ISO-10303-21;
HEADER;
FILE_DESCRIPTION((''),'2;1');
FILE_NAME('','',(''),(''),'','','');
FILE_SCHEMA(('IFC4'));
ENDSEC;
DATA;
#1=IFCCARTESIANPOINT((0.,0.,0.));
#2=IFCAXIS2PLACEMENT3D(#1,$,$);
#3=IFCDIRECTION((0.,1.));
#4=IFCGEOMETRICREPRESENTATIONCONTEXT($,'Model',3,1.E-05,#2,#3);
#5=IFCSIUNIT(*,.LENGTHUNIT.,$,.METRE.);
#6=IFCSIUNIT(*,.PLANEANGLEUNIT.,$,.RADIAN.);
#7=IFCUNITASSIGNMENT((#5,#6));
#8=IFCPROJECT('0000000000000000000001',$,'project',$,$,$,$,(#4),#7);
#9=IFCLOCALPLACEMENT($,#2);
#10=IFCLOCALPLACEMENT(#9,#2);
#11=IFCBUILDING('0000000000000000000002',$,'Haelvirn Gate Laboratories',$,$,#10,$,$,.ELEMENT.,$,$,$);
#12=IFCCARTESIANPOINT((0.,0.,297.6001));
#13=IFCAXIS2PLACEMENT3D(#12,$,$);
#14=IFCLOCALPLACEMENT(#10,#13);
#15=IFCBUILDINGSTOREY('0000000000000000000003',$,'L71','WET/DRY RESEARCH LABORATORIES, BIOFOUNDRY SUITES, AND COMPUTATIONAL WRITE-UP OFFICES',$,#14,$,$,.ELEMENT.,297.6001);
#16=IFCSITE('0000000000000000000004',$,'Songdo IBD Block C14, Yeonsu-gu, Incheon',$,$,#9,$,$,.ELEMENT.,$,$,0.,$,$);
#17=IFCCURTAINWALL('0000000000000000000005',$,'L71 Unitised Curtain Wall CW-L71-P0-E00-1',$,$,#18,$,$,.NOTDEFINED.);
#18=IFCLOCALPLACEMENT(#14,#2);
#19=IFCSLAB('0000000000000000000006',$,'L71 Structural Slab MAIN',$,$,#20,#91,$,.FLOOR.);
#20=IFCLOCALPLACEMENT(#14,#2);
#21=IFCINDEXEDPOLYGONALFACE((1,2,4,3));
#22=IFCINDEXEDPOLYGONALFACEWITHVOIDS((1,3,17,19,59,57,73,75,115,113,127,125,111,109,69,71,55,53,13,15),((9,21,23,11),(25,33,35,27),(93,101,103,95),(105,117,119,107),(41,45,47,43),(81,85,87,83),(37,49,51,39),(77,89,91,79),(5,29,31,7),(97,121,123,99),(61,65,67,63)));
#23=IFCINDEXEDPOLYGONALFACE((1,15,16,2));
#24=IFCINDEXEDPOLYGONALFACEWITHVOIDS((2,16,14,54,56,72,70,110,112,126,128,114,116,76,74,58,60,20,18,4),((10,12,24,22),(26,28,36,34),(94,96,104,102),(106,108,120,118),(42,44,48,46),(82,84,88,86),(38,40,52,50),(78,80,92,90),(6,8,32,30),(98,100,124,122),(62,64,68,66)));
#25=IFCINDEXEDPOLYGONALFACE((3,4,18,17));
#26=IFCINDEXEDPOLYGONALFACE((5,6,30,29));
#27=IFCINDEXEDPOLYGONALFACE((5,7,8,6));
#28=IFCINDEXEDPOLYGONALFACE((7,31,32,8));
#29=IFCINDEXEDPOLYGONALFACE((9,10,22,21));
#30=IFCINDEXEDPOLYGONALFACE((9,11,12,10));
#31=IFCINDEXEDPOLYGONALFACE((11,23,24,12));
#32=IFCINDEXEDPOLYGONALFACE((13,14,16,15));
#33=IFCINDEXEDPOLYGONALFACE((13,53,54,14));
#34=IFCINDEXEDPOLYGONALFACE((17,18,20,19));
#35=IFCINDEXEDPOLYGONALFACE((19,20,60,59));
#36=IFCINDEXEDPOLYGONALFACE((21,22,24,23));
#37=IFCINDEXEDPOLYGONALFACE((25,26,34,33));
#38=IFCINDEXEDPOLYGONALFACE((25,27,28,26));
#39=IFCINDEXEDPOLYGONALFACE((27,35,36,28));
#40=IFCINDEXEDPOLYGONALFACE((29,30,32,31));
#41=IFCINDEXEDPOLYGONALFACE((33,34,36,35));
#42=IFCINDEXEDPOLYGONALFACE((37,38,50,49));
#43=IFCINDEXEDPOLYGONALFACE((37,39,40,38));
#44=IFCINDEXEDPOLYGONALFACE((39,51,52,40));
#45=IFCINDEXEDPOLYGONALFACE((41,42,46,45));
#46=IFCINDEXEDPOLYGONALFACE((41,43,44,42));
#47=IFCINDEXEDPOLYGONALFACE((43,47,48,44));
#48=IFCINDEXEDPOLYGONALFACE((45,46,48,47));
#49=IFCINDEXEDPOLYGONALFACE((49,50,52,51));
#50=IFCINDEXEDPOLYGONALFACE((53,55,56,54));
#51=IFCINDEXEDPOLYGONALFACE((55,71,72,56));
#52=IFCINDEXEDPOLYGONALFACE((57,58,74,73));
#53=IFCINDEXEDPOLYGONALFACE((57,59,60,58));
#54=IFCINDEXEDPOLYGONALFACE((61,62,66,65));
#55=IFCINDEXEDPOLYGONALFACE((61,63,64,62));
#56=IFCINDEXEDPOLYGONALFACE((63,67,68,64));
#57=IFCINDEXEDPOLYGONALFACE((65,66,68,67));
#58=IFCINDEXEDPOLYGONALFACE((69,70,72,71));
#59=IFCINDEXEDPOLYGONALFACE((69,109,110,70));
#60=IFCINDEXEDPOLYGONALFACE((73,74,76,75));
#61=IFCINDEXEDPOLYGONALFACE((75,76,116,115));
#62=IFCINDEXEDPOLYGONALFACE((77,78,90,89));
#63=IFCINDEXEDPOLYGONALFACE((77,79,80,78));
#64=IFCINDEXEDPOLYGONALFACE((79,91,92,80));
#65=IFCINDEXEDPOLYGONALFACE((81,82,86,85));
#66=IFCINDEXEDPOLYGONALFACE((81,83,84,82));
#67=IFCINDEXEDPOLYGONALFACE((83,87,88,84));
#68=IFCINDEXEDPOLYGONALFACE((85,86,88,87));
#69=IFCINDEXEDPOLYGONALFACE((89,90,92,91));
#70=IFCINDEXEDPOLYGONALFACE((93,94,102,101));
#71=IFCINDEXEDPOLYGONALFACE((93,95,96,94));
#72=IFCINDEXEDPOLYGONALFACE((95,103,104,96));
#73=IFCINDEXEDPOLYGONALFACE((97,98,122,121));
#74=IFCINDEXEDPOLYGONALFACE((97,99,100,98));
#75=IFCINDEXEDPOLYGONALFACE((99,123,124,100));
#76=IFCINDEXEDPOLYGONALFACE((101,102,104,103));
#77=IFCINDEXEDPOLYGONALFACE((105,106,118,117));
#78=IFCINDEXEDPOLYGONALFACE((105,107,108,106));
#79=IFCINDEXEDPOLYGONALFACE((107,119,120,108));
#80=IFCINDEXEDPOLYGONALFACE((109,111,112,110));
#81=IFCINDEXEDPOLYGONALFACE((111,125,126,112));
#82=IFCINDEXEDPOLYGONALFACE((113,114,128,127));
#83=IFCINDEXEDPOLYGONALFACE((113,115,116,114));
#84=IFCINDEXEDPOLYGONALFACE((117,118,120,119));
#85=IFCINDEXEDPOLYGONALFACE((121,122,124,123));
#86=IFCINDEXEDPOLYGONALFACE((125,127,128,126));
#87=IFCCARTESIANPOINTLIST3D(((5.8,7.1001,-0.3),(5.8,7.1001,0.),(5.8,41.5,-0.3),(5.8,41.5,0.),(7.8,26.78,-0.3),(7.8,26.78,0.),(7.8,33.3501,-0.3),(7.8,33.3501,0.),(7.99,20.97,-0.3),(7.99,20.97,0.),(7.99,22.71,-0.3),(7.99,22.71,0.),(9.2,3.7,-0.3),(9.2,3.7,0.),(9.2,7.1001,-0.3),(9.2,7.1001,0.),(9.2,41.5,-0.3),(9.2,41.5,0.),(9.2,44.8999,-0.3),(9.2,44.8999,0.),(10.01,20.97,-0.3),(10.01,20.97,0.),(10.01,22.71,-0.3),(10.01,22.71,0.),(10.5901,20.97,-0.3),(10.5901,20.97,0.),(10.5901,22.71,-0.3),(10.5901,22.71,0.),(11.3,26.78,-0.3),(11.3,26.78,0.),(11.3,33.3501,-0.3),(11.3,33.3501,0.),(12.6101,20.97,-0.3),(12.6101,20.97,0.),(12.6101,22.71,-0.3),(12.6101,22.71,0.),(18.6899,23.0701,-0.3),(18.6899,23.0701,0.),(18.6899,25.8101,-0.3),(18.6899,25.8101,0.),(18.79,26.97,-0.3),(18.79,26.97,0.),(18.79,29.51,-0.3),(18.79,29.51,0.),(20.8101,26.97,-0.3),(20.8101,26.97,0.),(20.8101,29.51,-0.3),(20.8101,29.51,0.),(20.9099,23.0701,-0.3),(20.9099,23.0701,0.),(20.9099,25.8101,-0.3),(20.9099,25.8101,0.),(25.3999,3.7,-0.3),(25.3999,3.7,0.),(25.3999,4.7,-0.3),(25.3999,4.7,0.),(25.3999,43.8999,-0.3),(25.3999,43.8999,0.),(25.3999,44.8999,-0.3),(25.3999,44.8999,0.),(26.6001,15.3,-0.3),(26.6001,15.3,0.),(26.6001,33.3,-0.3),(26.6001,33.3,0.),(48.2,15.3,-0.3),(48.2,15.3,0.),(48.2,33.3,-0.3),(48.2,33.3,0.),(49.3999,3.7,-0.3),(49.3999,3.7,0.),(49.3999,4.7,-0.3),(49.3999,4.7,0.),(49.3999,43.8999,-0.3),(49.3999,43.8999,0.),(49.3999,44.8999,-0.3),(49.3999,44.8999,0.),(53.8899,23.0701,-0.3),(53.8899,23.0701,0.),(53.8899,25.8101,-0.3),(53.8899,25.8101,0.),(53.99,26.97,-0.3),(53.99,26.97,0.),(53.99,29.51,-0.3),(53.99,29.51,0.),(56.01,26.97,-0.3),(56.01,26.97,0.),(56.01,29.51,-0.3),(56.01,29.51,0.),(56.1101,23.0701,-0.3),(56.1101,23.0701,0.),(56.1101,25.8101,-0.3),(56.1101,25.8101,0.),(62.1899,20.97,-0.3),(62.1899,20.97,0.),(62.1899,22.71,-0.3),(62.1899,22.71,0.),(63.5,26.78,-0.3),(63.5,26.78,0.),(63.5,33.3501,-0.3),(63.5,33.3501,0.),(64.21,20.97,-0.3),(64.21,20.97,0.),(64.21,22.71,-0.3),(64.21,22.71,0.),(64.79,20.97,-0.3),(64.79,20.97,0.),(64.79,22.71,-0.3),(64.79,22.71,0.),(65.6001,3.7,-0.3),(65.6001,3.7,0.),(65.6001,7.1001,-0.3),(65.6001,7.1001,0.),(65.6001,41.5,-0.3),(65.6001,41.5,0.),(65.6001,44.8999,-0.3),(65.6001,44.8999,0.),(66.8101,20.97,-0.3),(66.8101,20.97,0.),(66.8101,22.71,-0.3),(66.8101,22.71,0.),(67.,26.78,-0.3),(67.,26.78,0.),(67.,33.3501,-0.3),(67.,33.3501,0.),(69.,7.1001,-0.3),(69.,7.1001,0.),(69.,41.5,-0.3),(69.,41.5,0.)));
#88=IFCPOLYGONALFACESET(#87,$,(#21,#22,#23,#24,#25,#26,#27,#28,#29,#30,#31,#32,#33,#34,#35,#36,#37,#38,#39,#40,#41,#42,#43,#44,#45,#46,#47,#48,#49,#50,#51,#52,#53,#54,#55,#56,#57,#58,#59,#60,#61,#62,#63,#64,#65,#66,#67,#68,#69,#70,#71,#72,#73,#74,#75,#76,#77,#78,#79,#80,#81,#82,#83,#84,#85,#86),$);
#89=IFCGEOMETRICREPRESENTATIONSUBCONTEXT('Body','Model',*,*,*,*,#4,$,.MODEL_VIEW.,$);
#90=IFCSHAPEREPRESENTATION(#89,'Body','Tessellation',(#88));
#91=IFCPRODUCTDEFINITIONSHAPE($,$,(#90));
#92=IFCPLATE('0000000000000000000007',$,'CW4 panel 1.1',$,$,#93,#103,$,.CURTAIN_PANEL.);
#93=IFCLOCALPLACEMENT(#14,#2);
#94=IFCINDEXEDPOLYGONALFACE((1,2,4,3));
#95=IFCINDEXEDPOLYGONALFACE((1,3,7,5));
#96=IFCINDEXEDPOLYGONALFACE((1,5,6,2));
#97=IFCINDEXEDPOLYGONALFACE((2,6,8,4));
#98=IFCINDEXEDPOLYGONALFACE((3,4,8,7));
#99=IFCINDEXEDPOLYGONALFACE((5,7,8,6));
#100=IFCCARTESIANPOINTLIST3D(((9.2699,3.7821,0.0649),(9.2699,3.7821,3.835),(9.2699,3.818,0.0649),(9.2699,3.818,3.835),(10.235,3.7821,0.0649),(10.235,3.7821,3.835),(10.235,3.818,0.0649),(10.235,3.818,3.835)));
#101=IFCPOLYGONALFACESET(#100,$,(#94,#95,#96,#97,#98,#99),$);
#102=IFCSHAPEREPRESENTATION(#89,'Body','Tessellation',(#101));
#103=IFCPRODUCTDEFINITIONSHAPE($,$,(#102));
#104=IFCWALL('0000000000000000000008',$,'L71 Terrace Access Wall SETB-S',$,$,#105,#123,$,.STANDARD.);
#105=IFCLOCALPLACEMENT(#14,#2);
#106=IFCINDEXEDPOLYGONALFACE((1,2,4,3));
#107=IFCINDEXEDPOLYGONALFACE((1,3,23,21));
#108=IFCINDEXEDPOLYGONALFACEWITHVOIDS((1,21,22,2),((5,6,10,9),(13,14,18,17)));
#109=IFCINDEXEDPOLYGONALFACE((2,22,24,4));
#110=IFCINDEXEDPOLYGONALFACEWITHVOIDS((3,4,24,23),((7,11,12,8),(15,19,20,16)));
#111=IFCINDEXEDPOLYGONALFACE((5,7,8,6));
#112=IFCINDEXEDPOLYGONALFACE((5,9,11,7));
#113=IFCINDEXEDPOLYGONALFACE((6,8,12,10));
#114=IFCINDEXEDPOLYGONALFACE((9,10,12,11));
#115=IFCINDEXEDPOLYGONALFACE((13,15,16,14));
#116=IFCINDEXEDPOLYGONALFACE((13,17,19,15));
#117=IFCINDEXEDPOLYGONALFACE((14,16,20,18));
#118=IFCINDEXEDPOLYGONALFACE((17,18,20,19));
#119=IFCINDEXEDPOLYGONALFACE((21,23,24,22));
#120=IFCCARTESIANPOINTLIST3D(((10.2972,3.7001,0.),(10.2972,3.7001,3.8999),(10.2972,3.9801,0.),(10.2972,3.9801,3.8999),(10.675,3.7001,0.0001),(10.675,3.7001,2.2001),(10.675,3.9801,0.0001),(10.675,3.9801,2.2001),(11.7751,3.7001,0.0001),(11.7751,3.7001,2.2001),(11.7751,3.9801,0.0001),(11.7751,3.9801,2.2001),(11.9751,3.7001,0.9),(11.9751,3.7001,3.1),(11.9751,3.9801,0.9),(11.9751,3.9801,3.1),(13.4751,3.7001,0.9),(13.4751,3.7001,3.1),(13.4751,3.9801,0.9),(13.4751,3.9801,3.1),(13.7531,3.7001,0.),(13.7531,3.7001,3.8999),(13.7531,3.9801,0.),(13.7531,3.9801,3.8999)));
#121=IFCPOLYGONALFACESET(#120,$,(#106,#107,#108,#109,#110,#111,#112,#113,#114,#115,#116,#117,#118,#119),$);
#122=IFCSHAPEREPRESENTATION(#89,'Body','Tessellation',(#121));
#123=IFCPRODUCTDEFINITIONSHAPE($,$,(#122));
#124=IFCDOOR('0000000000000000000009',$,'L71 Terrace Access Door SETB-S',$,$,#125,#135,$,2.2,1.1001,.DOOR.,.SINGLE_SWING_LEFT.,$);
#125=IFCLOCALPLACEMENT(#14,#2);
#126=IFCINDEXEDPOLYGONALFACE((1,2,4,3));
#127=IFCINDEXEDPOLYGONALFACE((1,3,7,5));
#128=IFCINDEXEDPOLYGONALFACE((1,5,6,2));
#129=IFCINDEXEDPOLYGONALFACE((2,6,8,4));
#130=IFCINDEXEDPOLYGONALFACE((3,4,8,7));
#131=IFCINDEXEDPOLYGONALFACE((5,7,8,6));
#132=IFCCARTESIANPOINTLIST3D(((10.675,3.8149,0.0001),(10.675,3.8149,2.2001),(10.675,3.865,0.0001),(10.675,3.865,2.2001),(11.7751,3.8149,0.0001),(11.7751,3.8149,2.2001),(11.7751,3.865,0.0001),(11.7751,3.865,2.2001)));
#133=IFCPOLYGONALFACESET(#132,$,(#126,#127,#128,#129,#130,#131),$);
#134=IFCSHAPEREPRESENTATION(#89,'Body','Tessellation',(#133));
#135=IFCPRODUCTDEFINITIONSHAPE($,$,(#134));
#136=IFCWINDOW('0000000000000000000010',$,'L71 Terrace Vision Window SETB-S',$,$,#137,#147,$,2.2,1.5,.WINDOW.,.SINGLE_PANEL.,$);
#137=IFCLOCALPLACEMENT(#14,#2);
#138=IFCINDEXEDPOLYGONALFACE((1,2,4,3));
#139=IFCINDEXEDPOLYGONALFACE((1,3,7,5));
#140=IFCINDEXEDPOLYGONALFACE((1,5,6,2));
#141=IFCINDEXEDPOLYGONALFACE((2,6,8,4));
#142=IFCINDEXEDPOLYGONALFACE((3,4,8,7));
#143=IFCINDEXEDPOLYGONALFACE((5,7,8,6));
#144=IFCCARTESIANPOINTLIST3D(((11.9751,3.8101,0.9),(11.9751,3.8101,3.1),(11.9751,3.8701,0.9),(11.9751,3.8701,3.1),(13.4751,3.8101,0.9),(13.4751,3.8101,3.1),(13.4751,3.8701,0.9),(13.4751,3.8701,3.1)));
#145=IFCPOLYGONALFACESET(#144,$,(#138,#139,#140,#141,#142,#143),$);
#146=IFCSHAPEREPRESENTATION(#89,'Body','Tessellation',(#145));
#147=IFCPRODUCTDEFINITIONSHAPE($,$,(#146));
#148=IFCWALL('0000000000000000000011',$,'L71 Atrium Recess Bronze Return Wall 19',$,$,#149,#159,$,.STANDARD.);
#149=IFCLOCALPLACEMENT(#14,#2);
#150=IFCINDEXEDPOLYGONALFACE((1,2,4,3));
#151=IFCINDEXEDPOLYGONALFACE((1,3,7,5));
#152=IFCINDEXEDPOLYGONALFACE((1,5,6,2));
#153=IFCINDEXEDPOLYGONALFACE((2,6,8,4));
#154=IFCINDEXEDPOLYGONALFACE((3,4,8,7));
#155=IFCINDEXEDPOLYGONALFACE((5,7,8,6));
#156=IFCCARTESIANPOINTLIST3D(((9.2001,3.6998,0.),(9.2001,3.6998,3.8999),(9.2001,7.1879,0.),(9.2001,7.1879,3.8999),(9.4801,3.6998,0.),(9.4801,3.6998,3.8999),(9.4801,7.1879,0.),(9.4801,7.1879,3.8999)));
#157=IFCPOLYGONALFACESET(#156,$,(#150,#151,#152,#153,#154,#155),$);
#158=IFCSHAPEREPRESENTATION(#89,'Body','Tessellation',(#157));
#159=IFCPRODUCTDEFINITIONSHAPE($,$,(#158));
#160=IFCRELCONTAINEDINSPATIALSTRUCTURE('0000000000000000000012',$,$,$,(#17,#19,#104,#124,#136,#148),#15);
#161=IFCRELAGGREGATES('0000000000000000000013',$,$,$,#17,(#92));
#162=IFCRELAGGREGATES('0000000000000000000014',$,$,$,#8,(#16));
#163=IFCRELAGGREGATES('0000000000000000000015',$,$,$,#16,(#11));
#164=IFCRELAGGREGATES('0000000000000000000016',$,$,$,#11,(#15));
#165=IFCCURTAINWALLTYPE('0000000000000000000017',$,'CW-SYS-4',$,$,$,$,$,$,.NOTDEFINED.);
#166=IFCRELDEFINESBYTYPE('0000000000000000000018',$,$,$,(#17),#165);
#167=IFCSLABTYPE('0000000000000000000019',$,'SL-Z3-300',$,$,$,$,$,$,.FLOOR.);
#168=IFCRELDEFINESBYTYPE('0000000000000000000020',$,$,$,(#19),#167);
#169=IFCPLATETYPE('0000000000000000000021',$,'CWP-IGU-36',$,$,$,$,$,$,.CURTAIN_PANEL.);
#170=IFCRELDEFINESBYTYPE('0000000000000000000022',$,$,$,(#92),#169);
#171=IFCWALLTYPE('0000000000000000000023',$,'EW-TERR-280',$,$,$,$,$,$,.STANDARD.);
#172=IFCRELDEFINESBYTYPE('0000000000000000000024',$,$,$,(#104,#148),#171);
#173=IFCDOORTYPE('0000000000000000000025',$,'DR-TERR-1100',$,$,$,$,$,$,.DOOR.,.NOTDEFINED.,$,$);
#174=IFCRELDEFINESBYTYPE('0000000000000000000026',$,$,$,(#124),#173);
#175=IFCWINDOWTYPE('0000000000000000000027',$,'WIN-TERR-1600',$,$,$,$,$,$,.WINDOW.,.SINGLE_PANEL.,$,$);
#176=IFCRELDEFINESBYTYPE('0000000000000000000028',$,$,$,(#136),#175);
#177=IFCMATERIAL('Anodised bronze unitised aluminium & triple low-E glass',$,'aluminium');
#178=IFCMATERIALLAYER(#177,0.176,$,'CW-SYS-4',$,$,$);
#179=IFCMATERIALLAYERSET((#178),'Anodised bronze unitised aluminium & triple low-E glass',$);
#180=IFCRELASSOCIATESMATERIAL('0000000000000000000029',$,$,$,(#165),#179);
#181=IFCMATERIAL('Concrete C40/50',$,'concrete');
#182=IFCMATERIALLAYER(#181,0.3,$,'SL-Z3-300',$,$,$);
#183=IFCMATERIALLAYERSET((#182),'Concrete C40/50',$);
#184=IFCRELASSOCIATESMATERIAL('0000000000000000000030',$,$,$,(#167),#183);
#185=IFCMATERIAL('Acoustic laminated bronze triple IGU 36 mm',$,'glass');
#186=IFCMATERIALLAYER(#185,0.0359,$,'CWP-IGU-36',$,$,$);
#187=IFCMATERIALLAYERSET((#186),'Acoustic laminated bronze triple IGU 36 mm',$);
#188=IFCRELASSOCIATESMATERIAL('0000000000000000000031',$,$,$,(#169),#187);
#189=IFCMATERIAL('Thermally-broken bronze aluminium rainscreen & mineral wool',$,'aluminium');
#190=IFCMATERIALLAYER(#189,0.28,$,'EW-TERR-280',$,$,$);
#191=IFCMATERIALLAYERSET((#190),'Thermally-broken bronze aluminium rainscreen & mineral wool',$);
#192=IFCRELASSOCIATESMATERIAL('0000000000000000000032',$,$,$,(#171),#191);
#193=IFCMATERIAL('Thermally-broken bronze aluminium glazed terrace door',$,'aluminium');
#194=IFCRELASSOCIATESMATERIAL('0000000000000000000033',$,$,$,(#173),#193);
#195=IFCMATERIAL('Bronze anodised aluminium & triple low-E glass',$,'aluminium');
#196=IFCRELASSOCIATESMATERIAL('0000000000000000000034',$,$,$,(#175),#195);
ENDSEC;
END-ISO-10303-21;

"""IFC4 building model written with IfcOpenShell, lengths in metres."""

from ifc_helpers import new_model, si_unit, direction, frame, frame_2d, origin, origin_2d, place, context, subcontext, project, spatial, polyline, rectangle, outline, extrude, source, transform, mapped, material, layer, layer_set, type_object, type_shapes, element, fill, aggregate, save


model = new_model("IFC4")

# Units and contexts
model_context = context("Model", 3, precision=1e-05, world=origin(), true_north=direction((0.0, 1.0)))
body_context = subcontext(model_context, "Body", "Model", "MODEL_VIEW")
ifc_project = project(units=[si_unit("LENGTHUNIT", "METRE"), si_unit("PLANEANGLEUNIT", "RADIAN")], contexts=[model_context])

# Site, building, storey
site_placement = place(None, origin())
site = spatial("IfcSite", under=ifc_project, at=site_placement, Name="Songdo IBD Block C14, Yeonsu-gu, Incheon", CompositionType="ELEMENT", RefElevation=0.0)
building_placement = place(site_placement, origin())
building = spatial("IfcBuilding", under=site, at=building_placement, Name="Haelvirn Gate Laboratories", CompositionType="ELEMENT")
storey_placement = place(building_placement, frame((0.0, 0.0, 297.6001)))
storey = spatial("IfcBuildingStorey", under=building, at=storey_placement, Name="L71", Description="WET/DRY RESEARCH LABORATORIES, BIOFOUNDRY SUITES, AND COMPUTATIONAL WRITE-UP OFFICES", CompositionType="ELEMENT", Elevation=297.6001)

# Curtain wall
ifc_material_1 = material(Name="Anodised bronze unitised aluminium & triple low-E glass", Category="aluminium")
ifc_layer_1 = layer(ifc_material_1, 0.176, Name="CW-SYS-4")
ifc_layer_set_1 = layer_set([ifc_layer_1], Name="Anodised bronze unitised aluminium & triple low-E glass")
curtain_wall_type_1 = type_object("IfcCurtainWallType", Name="CW-SYS-4", PredefinedType="NOTDEFINED", material=ifc_layer_set_1)
curtain_wall_1_placement = place(storey_placement, origin())
curtain_wall_1 = element("IfcCurtainWall", 1, at=curtain_wall_1_placement, inside=storey, type_object=curtain_wall_type_1, Name="L71 Unitised Curtain Wall CW-L71-P0-E00-1", PredefinedType="NOTDEFINED")

# Shared definitions
ifc_material_2 = material(Name="Concrete C40/50", Category="concrete")

# Slab
ifc_layer_2 = layer(ifc_material_2, 0.3, Name="SL-Z3-300")
ifc_layer_set_2 = layer_set([ifc_layer_2], Name="Concrete C40/50")
slab_type_1 = type_object("IfcSlabType", Name="SL-Z3-300", PredefinedType="FLOOR", material=ifc_layer_set_2)
slab_1_placement = place(storey_placement, frame((0.0, 0.0, -0.3)))
element("IfcSlab", 2, at=slab_1_placement, inside=storey, type_object=slab_type_1, Name="L71 Structural Slab MAIN", PredefinedType="FLOOR", context=body_context, shape_type="SweptSolid", body=[
    extrude(outline(polyline([(9.2, 3.7), (25.3999, 3.7), (25.3999, 4.7), (49.3999, 4.7), (49.3999, 3.7), (65.6001, 3.7), (65.6001, 7.1001), (69.0, 7.1001), (69.0, 41.5), (65.6001, 41.5), (65.6001, 44.8999), (49.3999, 44.8999), (49.3999, 43.8999), (25.3999, 43.8999), (25.3999, 44.8999), (9.2, 44.8999), (9.2, 41.5), (5.8, 41.5), (5.8, 7.1001), (9.2, 7.1001), (9.2, 3.7)]), holes=[polyline([(26.6001, 15.3), (48.2, 15.3), (48.2, 33.3), (26.6001, 33.3), (26.6001, 15.3)]), polyline([(11.3, 26.78), (11.3, 33.3501), (7.8, 33.3501), (7.8, 26.78), (11.3, 26.78)]), polyline([(67.0, 26.78), (67.0, 33.3501), (63.5, 33.3501), (63.5, 26.78), (67.0, 26.78)]), polyline([(7.99, 20.97), (10.01, 20.97), (10.01, 22.71), (7.99, 22.71), (7.99, 20.97)]), polyline([(10.5901, 20.97), (12.6101, 20.97), (12.6101, 22.71), (10.5901, 22.71), (10.5901, 20.97)]), polyline([(18.79, 26.97), (20.8101, 26.97), (20.8101, 29.51), (18.79, 29.51), (18.79, 26.97)]), polyline([(18.6899, 23.0701), (20.9099, 23.0701), (20.9099, 25.8101), (18.6899, 25.8101), (18.6899, 23.0701)]), polyline([(64.79, 20.97), (66.8101, 20.97), (66.8101, 22.71), (64.79, 22.71), (64.79, 20.97)]), polyline([(62.1899, 20.97), (64.21, 20.97), (64.21, 22.71), (62.1899, 22.71), (62.1899, 20.97)]), polyline([(53.99, 26.97), (56.01, 26.97), (56.01, 29.51), (53.99, 29.51), (53.99, 26.97)]), polyline([(53.8899, 23.0701), (56.1101, 23.0701), (56.1101, 25.8101), (53.8899, 25.8101), (53.8899, 23.0701)])]), origin(), (0.0, 0.0, 1.0), 0.3),
])

# Plate
ifc_material_3 = material(Name="Acoustic laminated bronze triple IGU 36 mm", Category="glass")
ifc_layer_3 = layer(ifc_material_3, 0.0359, Name="CWP-IGU-36")
ifc_layer_set_3 = layer_set([ifc_layer_3], Name="Acoustic laminated bronze triple IGU 36 mm")
plate_type = type_object("IfcPlateType", Name="CWP-IGU-36", PredefinedType="CURTAIN_PANEL", material=ifc_layer_set_3)
shared_shape_1 = source(origin(), body_context, "Body", "SweptSolid", [
    extrude(rectangle(XDim=0.9651, YDim=0.0359, at=origin_2d()), origin(), (0.0, 0.0, 1.0), 3.77),
])
type_shapes(plate_type, [shared_shape_1])
plate_placement = place(storey_placement, frame((9.7524, 3.8, 0.0649), z_axis=(0.0, 0.0, 1.0), x_axis=(1.0, 0.0, 0.0)))
plate = element("IfcPlate", 3, at=plate_placement, type_object=plate_type, Name="CW4 panel 1.1", PredefinedType="CURTAIN_PANEL", context=body_context, shape_type="MappedRepresentation", body=[
    mapped(shared_shape_1, transform((0.0, 0.0, 0.0), scale=1.0)),
])
aggregate(curtain_wall_1, [plate])

# Wall, openings, door, window
ifc_material_4 = material(Name="Thermally-broken bronze aluminium rainscreen & mineral wool", Category="aluminium")
ifc_layer_4 = layer(ifc_material_4, 0.28, Name="EW-TERR-280")
ifc_layer_set_4 = layer_set([ifc_layer_4], Name="Thermally-broken bronze aluminium rainscreen & mineral wool")
wall_type_1 = type_object("IfcWallType", Name="EW-TERR-280", PredefinedType="STANDARD", material=ifc_layer_set_4)
wall_1_placement = place(storey_placement, frame((10.2971, 3.8401, 0.0), z_axis=(0.0, 0.0, 1.0), x_axis=(1.0, 0.0, 0.0)))
wall_1 = element("IfcWall", 4, at=wall_1_placement, inside=storey, type_object=wall_type_1, Name="L71 Terrace Access Wall SETB-S", PredefinedType="STANDARD", context=body_context, shape_type="SweptSolid", body=[
    extrude(rectangle(XDim=3.4558, YDim=0.28, at=frame_2d((1.728, 0.0))), origin(), (0.0, 0.0, 1.0), 3.8999),
])
opening_1_placement = place(wall_1_placement, frame((0.3779, 0.0, 0.0)))
opening_1 = element("IfcOpeningElement", 5, at=opening_1_placement, cuts=wall_1, PredefinedType="OPENING", context=body_context, shape_type="SweptSolid", body=[
    extrude(rectangle(XDim=1.1001, YDim=2.2, at=frame_2d((0.55, 1.1001))), frame((0.0, 0.1499, 0.0), z_axis=(0.0, -1.0, 0.0), x_axis=(1.0, 0.0, 0.0)), (0.0, 0.0, 1.0), 0.3),
])
opening_2_placement = place(wall_1_placement, frame((1.678, 0.0, 0.8999)))
opening_2 = element("IfcOpeningElement", 6, at=opening_2_placement, cuts=wall_1, PredefinedType="OPENING", context=body_context, shape_type="SweptSolid", body=[
    extrude(rectangle(XDim=1.5, YDim=2.2, at=frame_2d((0.75, 1.1001))), frame((0.0, 0.1499, 0.0), z_axis=(0.0, -1.0, 0.0), x_axis=(1.0, 0.0, 0.0)), (0.0, 0.0, 1.0), 0.3),
])
ifc_material_5 = material(Name="Thermally-broken bronze aluminium glazed terrace door", Category="aluminium")
door_type = type_object("IfcDoorType", Name="DR-TERR-1100", OperationType="NOTDEFINED", PredefinedType="DOOR", material=ifc_material_5)
shared_shape_2 = source(origin(), body_context, "Body", "SweptSolid", [
    extrude(rectangle(XDim=1.1001, YDim=2.2, at=frame_2d((0.55, 1.1001))), frame((0.0, 0.0249, 0.0), z_axis=(0.0, -1.0, 0.0), x_axis=(1.0, 0.0, 0.0)), (0.0, 0.0, 1.0), 0.05),
])
type_shapes(door_type, [shared_shape_2])
door_placement = place(opening_1_placement, origin())
door = element("IfcDoor", 7, at=door_placement, inside=storey, type_object=door_type, Name="L71 Terrace Access Door SETB-S", OperationType="SINGLE_SWING_LEFT", OverallHeight=2.2, OverallWidth=1.1001, PredefinedType="DOOR", context=body_context, shape_type="MappedRepresentation", body=[
    mapped(shared_shape_2, transform((0.0, 0.0, 0.0), scale=1.0)),
])
fill(opening_1, door)
ifc_material_6 = material(Name="Bronze anodised aluminium & triple low-E glass", Category="aluminium")
window_type = type_object("IfcWindowType", Name="WIN-TERR-1600", PartitioningType="SINGLE_PANEL", PredefinedType="WINDOW", material=ifc_material_6)
shared_shape_3 = source(origin(), body_context, "Body", "SweptSolid", [
    extrude(rectangle(XDim=1.5, YDim=2.2, at=frame_2d((0.75, 1.1001))), frame((0.0, 0.03, 0.0), z_axis=(0.0, -1.0, 0.0), x_axis=(1.0, 0.0, 0.0)), (0.0, 0.0, 1.0), 0.0601),
])
type_shapes(window_type, [shared_shape_3])
window_placement = place(opening_2_placement, origin())
window = element("IfcWindow", 8, at=window_placement, inside=storey, type_object=window_type, Name="L71 Terrace Vision Window SETB-S", OverallHeight=2.2, OverallWidth=1.5, PartitioningType="SINGLE_PANEL", PredefinedType="WINDOW", context=body_context, shape_type="MappedRepresentation", body=[
    mapped(shared_shape_3, transform((0.0, 0.0, 0.0), scale=1.0)),
])
fill(opening_2, window)

# Wall
wall_2_placement = place(storey_placement, frame((9.3401, 7.188, 0.0), z_axis=(0.0, 0.0, 1.0), x_axis=(0.0, -1.0, 0.0)))
element("IfcWall", 9, at=wall_2_placement, inside=storey, type_object=wall_type_1, Name="L71 Atrium Recess Bronze Return Wall 19", PredefinedType="STANDARD", context=body_context, shape_type="SweptSolid", body=[
    extrude(rectangle(XDim=3.488, YDim=0.28, at=frame_2d((1.7441, 0.0))), origin(), (0.0, 0.0, 1.0), 3.8999),
])

save(model, "model.ifc")
